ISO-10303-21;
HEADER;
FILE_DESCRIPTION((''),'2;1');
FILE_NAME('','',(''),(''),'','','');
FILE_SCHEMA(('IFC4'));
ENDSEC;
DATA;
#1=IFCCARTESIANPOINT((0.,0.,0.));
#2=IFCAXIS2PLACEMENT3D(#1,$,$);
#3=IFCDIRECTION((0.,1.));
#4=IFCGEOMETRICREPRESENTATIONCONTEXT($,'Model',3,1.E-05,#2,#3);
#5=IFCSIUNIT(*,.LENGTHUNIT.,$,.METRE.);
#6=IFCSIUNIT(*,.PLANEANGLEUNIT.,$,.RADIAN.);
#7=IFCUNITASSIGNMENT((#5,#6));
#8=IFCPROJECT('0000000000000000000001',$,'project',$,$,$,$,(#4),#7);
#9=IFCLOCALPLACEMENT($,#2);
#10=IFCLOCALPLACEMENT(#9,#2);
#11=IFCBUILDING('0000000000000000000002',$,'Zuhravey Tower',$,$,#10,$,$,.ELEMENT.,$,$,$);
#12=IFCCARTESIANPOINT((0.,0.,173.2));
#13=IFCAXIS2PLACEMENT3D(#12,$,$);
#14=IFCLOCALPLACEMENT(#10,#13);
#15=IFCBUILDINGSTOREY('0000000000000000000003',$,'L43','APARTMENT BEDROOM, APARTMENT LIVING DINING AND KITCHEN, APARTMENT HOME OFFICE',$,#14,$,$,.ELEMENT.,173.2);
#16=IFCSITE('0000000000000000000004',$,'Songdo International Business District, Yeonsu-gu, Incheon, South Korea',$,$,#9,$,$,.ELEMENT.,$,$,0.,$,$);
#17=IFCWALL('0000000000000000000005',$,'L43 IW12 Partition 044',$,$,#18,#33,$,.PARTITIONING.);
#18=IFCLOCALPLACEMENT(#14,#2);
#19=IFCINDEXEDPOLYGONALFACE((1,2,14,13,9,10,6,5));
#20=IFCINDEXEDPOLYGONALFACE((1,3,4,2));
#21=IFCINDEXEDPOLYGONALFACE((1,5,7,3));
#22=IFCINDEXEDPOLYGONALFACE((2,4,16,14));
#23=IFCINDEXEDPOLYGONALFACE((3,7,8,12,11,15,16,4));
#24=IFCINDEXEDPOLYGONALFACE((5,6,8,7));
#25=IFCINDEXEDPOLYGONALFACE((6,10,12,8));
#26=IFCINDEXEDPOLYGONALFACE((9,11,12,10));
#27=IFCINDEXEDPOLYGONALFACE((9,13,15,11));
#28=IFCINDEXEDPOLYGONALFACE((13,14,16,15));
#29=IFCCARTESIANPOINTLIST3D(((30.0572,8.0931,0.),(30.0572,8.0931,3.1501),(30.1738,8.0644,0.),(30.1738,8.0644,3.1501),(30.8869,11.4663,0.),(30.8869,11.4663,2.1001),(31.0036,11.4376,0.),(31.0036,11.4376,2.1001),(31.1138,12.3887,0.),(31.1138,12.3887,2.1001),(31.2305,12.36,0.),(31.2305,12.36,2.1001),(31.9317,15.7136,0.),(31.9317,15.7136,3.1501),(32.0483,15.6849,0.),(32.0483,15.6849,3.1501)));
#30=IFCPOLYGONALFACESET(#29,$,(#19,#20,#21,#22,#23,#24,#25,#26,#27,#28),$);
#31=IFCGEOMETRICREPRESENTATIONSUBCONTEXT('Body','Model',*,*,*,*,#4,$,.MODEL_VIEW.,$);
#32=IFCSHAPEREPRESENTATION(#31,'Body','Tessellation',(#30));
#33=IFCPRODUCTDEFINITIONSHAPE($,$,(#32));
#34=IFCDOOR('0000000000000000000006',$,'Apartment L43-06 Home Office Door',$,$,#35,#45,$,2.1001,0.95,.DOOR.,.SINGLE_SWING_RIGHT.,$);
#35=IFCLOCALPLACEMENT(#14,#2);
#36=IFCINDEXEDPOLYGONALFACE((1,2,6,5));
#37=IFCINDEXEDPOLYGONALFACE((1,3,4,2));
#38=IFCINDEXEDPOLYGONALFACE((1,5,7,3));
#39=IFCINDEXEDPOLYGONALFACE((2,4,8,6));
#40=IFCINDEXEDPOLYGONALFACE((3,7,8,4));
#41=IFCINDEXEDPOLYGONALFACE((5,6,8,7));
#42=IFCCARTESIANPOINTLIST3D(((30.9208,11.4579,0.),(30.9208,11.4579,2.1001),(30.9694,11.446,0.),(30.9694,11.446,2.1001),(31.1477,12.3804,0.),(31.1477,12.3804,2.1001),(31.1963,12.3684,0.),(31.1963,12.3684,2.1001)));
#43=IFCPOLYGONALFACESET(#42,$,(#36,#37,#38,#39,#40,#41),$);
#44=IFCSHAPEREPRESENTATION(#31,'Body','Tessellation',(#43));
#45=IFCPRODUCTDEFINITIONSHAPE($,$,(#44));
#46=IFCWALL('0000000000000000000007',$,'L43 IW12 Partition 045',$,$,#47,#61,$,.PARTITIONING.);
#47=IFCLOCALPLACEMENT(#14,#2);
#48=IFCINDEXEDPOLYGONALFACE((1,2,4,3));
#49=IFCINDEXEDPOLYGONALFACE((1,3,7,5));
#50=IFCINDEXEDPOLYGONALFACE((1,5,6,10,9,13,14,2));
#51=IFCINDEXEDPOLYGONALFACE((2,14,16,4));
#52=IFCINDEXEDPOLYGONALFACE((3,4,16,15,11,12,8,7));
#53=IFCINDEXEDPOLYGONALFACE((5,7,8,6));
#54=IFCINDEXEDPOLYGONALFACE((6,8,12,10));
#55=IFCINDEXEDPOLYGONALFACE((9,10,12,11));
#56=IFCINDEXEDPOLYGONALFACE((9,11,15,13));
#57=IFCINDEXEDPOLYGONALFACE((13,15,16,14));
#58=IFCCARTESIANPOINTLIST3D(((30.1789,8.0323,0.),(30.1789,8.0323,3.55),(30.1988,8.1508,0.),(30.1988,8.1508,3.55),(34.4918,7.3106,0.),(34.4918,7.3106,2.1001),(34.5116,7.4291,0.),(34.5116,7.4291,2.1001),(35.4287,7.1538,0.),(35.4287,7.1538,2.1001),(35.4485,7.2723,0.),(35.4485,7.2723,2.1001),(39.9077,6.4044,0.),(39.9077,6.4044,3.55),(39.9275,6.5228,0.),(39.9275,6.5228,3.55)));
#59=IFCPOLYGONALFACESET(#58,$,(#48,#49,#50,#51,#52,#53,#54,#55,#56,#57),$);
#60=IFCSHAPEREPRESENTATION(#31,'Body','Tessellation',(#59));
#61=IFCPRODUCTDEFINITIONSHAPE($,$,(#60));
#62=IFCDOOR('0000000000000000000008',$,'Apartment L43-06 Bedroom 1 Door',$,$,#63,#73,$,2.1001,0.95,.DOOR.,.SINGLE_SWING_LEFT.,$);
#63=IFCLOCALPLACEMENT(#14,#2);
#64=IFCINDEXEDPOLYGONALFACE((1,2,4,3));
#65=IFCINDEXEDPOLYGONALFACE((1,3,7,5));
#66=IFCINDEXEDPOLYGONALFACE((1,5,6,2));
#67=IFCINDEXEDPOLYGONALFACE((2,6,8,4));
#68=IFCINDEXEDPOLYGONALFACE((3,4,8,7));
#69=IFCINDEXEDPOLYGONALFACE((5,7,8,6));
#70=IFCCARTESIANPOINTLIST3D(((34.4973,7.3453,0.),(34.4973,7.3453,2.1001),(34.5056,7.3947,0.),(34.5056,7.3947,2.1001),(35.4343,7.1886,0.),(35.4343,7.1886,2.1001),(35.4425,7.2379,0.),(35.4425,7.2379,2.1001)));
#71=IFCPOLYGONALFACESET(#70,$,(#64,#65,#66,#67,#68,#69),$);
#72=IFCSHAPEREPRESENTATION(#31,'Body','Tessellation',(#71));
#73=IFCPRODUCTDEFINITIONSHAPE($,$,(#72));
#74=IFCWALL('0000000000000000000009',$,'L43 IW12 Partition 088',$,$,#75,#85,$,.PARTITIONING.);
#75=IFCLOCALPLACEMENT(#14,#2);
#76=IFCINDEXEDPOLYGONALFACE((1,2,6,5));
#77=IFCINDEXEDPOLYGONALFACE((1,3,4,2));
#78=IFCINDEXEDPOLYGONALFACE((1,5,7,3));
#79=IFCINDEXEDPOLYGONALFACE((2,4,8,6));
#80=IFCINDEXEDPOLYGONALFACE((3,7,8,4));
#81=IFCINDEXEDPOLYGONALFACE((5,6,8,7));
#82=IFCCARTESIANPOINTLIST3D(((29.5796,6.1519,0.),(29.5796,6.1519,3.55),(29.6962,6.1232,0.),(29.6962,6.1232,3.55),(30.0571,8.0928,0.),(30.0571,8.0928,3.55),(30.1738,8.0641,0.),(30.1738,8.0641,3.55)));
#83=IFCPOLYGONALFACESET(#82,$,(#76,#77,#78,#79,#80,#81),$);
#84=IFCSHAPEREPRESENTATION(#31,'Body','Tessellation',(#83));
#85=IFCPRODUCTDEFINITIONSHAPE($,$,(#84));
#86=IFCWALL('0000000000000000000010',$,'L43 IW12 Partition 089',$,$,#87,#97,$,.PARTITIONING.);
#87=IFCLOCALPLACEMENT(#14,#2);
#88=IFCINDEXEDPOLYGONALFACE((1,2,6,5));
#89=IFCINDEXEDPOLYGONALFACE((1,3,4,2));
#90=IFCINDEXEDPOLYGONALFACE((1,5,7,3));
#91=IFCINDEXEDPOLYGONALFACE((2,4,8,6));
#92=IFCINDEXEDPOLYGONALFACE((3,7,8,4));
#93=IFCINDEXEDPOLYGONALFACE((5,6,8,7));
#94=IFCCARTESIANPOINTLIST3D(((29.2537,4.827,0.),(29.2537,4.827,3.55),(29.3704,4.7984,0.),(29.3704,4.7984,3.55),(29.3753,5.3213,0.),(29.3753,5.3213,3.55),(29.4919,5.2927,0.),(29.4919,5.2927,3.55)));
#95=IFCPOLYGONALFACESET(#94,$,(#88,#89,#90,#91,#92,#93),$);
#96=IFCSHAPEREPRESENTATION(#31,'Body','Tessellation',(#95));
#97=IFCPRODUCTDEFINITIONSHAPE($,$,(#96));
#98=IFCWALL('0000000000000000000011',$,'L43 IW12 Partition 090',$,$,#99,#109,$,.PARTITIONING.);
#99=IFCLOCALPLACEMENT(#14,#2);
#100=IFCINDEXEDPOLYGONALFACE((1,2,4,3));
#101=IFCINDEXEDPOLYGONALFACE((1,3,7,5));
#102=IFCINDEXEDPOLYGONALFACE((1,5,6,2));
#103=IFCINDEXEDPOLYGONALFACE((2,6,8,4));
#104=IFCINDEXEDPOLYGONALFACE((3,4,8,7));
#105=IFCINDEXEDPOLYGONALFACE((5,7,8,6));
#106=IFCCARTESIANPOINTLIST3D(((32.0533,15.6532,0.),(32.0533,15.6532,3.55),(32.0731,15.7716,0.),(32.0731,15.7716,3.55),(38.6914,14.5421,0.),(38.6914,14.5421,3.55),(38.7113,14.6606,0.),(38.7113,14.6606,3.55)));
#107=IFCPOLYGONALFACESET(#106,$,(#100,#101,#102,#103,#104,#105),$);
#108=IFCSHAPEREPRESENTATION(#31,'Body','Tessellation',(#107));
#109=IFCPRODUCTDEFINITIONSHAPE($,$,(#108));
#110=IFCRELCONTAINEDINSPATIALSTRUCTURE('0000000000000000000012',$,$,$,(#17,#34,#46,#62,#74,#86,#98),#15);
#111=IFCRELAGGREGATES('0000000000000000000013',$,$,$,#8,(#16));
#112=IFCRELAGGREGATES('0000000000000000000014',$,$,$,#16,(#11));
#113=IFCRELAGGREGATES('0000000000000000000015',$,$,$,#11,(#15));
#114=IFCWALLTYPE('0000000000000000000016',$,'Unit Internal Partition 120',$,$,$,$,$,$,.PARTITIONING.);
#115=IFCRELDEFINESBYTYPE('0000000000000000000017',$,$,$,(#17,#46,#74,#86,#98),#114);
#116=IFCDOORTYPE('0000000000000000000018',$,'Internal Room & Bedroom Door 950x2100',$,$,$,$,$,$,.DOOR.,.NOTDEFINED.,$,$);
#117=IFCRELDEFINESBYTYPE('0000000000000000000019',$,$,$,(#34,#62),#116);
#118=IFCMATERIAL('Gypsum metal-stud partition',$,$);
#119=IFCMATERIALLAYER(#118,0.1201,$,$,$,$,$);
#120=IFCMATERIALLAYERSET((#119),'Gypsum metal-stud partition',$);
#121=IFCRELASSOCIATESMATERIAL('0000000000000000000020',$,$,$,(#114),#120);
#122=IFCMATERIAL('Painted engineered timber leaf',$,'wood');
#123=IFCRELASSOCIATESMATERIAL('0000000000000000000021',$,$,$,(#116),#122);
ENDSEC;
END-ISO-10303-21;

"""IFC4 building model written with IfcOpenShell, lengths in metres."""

from ifc_helpers import new_model, si_unit, direction, frame, frame_2d, origin, place, context, subcontext, project, spatial, rectangle, extrude, material, layer, layer_set, type_object, element, fill, save


model = new_model("IFC4")

# Units and contexts
model_context = context("Model", 3, precision=1e-05, world=origin(), true_north=direction((0.0, 1.0)))
body_context = subcontext(model_context, "Body", "Model", "MODEL_VIEW")
ifc_project = project(units=[si_unit("LENGTHUNIT", "METRE"), si_unit("PLANEANGLEUNIT", "RADIAN")], contexts=[model_context])

# Site, building, storey
site_placement = place(None, origin())
site = spatial("IfcSite", under=ifc_project, at=site_placement, Name="Songdo International Business District, Yeonsu-gu, Incheon, South Korea", CompositionType="ELEMENT", RefElevation=0.0)
building_placement = place(site_placement, origin())
building = spatial("IfcBuilding", under=site, at=building_placement, Name="Zuhravey Tower", CompositionType="ELEMENT")
storey_placement = place(building_placement, frame((0.0, 0.0, 173.2)))
storey = spatial("IfcBuildingStorey", under=building, at=storey_placement, Name="L43", Description="APARTMENT BEDROOM, APARTMENT LIVING DINING AND KITCHEN, APARTMENT HOME OFFICE", CompositionType="ELEMENT", Elevation=173.2)

# Walls, openings, doors
ifc_material_1 = material(Name="Gypsum metal-stud partition")
ifc_layer_1 = layer(ifc_material_1, 0.1201)
ifc_layer_set_1 = layer_set([ifc_layer_1], Name="Gypsum metal-stud partition")
wall_type_1 = type_object("IfcWallType", Name="Unit Internal Partition 120", PredefinedType="PARTITIONING", material=ifc_layer_set_1)
wall_1_placement = place(storey_placement, frame((31.99, 15.6992, 0.0), z_axis=(0.0, 0.0, 1.0), x_axis=(-0.238859, -0.971054, 0.0)))
wall_1 = element("IfcWall", 1, at=wall_1_placement, inside=storey, type_object=wall_type_1, Name="L43 IW12 Partition 044", PredefinedType="PARTITIONING", context=body_context, shape_type="SweptSolid", body=[
    extrude(rectangle(XDim=7.8477, YDim=0.1201, at=frame_2d((3.9238, 0.0))), origin(), (0.0, 0.0, 1.0), 3.1501),
])
opening_1_placement = place(wall_1_placement, frame((3.4238, 0.0, 0.0)))
opening_1 = element("IfcOpeningElement", 2, at=opening_1_placement, cuts=wall_1, PredefinedType="OPENING", context=body_context, shape_type="SweptSolid", body=[
    extrude(rectangle(XDim=0.95, YDim=2.1001, at=frame_2d((0.4751, 1.05))), frame((0.0, 0.072, 0.0), z_axis=(0.0, -1.0, 0.0), x_axis=(1.0, 0.0, 0.0)), (0.0, 0.0, 1.0), 0.144),
])
ifc_material_2 = material(Name="Painted engineered timber leaf", Category="wood")
door_type_1 = type_object("IfcDoorType", Name="Internal Room & Bedroom Door 950x2100", OperationType="NOTDEFINED", PredefinedType="DOOR", material=ifc_material_2)
door_1_placement = place(opening_1_placement, origin())
door_1 = element("IfcDoor", 3, at=door_1_placement, inside=storey, type_object=door_type_1, Name="Apartment L43-06 Home Office Door", OperationType="SINGLE_SWING_RIGHT", OverallHeight=2.1001, OverallWidth=0.95, PredefinedType="DOOR", context=body_context, shape_type="SweptSolid", body=[
    extrude(rectangle(XDim=0.95, YDim=2.1001, at=frame_2d((0.4751, 1.05))), frame((0.0, 0.0249, 0.0), z_axis=(0.0, -1.0, 0.0), x_axis=(1.0, 0.0, 0.0)), (0.0, 0.0, 1.0), 0.05),
])
fill(opening_1, door_1)
wall_2_placement = place(storey_placement, frame((30.1887, 8.0916, 0.0), z_axis=(0.0, 0.0, 1.0), x_axis=(0.986287, -0.165037, 0.0)))
wall_2 = element("IfcWall", 4, at=wall_2_placement, inside=storey, type_object=wall_type_1, Name="L43 IW12 Partition 045", PredefinedType="PARTITIONING", context=body_context, shape_type="SweptSolid", body=[
    extrude(rectangle(XDim=9.864, YDim=0.1201, at=frame_2d((4.9321, 0.0))), origin(), (0.0, 0.0, 1.0), 3.55),
])
opening_2_placement = place(wall_2_placement, frame((4.3728, 0.0, 0.0)))
opening_2 = element("IfcOpeningElement", 5, at=opening_2_placement, cuts=wall_2, PredefinedType="OPENING", context=body_context, shape_type="SweptSolid", body=[
    extrude(rectangle(XDim=0.95, YDim=2.1001, at=frame_2d((0.4751, 1.05))), frame((0.0, 0.072, 0.0), z_axis=(0.0, -1.0, 0.0), x_axis=(1.0, 0.0, 0.0)), (0.0, 0.0, 1.0), 0.144),
])
door_2_placement = place(opening_2_placement, frame((0.95, 0.0, 0.0), z_axis=(0.0, 0.0, 1.0), x_axis=(-1.0, 0.0, 0.0)))
door_2 = element("IfcDoor", 6, at=door_2_placement, inside=storey, type_object=door_type_1, Name="Apartment L43-06 Bedroom 1 Door", OperationType="SINGLE_SWING_LEFT", OverallHeight=2.1001, OverallWidth=0.95, PredefinedType="DOOR", context=body_context, shape_type="SweptSolid", body=[
    extrude(rectangle(XDim=0.95, YDim=2.1001, at=frame_2d((0.4751, 1.05))), frame((0.0, 0.0249, 0.0), z_axis=(0.0, -1.0, 0.0), x_axis=(1.0, 0.0, 0.0)), (0.0, 0.0, 1.0), 0.05),
])
fill(opening_2, door_2)

# Walls
wall_3_placement = place(storey_placement, frame((30.1155, 8.0786, 0.0), z_axis=(0.0, 0.0, 1.0), x_axis=(-0.238913, -0.971041, 0.0)))
element("IfcWall", 7, at=wall_3_placement, inside=storey, type_object=wall_type_1, Name="L43 IW12 Partition 088", PredefinedType="PARTITIONING", context=body_context, shape_type="SweptSolid", body=[
    extrude(rectangle(XDim=1.9988, YDim=0.1201, at=frame_2d((0.9995, 0.0))), origin(), (0.0, 0.0, 1.0), 3.55),
])
wall_4_placement = place(storey_placement, frame((29.4336, 5.3069, 0.0), z_axis=(0.0, 0.0, 1.0), x_axis=(-0.23881, -0.971066, 0.0)))
element("IfcWall", 8, at=wall_4_placement, inside=storey, type_object=wall_type_1, Name="L43 IW12 Partition 089", PredefinedType="PARTITIONING", context=body_context, shape_type="SweptSolid", body=[
    extrude(rectangle(XDim=0.509, YDim=0.1201, at=frame_2d((0.2544, 0.0))), origin(), (0.0, 0.0, 1.0), 3.55),
])
wall_5_placement = place(storey_placement, frame((32.0632, 15.7124, 0.0), z_axis=(0.0, 0.0, 1.0), x_axis=(0.98628, -0.165081, 0.0)))
element("IfcWall", 9, at=wall_5_placement, inside=storey, type_object=wall_type_1, Name="L43 IW12 Partition 090", PredefinedType="PARTITIONING", context=body_context, shape_type="SweptSolid", body=[
    extrude(rectangle(XDim=6.7305, YDim=0.1201, at=frame_2d((3.3652, 0.0))), origin(), (0.0, 0.0, 1.0), 3.55),
])

save(model, "model.ifc")
